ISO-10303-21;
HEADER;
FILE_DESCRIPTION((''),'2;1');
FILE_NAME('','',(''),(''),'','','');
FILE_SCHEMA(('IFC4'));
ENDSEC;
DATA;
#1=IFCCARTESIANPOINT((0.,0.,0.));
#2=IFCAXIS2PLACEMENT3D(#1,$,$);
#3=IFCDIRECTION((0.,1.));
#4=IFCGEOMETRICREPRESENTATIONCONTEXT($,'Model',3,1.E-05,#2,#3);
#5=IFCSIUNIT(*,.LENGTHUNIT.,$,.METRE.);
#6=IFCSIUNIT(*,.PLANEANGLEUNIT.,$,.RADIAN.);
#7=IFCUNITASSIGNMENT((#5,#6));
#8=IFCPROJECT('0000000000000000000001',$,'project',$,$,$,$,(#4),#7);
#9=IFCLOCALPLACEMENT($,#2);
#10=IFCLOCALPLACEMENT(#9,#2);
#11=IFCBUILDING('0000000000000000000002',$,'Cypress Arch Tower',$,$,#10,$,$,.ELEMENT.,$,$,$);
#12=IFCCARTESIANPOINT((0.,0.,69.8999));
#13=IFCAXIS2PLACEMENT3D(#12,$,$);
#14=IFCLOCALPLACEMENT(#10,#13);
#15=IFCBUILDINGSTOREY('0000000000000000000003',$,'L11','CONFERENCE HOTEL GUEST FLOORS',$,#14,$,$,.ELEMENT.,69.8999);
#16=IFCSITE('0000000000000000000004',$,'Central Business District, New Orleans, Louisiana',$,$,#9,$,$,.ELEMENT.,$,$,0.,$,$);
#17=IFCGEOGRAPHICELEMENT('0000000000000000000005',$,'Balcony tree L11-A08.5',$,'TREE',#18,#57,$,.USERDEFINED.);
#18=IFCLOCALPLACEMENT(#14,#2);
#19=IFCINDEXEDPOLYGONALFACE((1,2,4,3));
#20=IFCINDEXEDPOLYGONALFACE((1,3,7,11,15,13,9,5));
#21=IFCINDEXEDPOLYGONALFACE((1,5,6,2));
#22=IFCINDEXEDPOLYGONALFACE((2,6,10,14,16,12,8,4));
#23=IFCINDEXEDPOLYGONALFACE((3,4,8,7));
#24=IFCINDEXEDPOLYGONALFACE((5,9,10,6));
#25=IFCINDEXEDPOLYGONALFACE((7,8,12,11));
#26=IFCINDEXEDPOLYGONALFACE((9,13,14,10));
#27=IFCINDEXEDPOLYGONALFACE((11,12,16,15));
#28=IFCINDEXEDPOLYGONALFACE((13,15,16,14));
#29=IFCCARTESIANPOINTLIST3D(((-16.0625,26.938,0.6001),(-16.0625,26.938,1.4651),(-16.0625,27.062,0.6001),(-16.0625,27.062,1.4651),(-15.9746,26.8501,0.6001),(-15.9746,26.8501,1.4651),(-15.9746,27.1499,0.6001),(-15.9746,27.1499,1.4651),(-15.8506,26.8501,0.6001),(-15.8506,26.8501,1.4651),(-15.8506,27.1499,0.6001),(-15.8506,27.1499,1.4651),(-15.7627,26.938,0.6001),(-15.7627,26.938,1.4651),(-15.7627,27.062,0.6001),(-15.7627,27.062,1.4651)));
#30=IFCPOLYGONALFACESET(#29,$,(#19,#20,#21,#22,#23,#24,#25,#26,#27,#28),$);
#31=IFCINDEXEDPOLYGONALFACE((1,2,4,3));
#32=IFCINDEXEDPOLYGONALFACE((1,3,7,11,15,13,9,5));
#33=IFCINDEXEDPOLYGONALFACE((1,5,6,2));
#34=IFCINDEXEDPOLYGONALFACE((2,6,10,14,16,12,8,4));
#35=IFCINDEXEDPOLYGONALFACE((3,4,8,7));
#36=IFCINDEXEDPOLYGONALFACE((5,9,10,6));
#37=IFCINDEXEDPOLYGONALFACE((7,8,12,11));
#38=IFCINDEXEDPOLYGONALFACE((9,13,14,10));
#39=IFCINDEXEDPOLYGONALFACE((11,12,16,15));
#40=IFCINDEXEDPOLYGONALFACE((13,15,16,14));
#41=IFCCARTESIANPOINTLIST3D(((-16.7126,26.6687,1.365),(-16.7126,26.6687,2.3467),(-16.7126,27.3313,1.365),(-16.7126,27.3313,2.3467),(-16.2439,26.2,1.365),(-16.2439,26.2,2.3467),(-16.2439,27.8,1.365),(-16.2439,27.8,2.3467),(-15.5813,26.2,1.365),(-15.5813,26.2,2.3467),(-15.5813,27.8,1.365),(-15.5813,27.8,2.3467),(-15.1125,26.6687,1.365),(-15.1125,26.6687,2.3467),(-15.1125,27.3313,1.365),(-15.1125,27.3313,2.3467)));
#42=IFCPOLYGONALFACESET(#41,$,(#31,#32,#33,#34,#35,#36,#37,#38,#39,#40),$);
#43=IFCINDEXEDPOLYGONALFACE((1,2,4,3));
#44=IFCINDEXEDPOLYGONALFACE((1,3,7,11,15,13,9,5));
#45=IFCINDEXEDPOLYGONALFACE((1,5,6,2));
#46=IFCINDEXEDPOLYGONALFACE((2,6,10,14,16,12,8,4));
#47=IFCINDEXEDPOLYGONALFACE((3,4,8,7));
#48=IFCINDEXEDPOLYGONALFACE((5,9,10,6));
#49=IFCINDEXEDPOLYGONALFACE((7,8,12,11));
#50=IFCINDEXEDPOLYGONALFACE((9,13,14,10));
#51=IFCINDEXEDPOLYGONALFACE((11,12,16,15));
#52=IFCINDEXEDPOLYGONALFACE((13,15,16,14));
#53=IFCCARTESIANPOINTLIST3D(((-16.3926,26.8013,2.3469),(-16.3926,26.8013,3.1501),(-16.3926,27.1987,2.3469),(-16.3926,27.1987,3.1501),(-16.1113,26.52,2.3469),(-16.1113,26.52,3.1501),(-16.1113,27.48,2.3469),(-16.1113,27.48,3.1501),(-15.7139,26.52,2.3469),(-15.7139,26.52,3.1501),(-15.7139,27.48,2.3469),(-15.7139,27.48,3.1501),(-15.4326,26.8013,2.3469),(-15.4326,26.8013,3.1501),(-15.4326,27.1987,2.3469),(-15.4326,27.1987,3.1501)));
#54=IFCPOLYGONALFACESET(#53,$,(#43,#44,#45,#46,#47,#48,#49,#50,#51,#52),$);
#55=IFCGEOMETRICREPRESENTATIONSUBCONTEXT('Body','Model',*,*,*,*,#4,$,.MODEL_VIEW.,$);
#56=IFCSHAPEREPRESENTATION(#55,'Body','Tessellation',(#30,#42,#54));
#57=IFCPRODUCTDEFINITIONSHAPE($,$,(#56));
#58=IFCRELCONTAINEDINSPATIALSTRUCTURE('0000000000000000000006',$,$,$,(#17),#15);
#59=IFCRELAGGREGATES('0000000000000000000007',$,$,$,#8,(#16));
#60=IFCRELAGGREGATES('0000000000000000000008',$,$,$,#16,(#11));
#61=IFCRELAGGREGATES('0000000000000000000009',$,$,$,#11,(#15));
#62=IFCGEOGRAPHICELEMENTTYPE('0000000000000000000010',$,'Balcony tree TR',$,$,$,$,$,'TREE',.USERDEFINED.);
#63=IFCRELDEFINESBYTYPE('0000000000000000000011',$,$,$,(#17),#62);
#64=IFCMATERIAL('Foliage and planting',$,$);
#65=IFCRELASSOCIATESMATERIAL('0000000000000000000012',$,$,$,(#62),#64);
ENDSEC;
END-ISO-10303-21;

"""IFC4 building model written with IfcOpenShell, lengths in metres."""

from ifc_helpers import new_model, si_unit, direction, frame, origin, place, context, subcontext, project, spatial, polyline, outline, extrude, material, type_object, element, save


model = new_model("IFC4")

# Units and contexts
model_context = context("Model", 3, precision=1e-05, world=origin(), true_north=direction((0.0, 1.0)))
body_context = subcontext(model_context, "Body", "Model", "MODEL_VIEW")
ifc_project = project(units=[si_unit("LENGTHUNIT", "METRE"), si_unit("PLANEANGLEUNIT", "RADIAN")], contexts=[model_context])

# Site, building, storey
site_placement = place(None, origin())
site = spatial("IfcSite", under=ifc_project, at=site_placement, Name="Central Business District, New Orleans, Louisiana", CompositionType="ELEMENT", RefElevation=0.0)
building_placement = place(site_placement, origin())
building = spatial("IfcBuilding", under=site, at=building_placement, Name="Cypress Arch Tower", CompositionType="ELEMENT")
storey_placement = place(building_placement, frame((0.0, 0.0, 69.8999)))
storey = spatial("IfcBuildingStorey", under=building, at=storey_placement, Name="L11", Description="CONFERENCE HOTEL GUEST FLOORS", CompositionType="ELEMENT", Elevation=69.8999)

# Geographic element
ifc_material_1 = material(Name="Foliage and planting")
geographic_element_type = type_object("IfcGeographicElementType", Name="Balcony tree TR", ElementType="TREE", PredefinedType="USERDEFINED", material=ifc_material_1)
geographic_element_placement = place(storey_placement, frame((-15.9126, 27.0, 0.6001), z_axis=(0.0, 0.0, 1.0), x_axis=(1.0, 0.0, 0.0)))
element("IfcGeographicElement", 1, at=geographic_element_placement, inside=storey, type_object=geographic_element_type, Name="Balcony tree L11-A08.5", ObjectType="TREE", PredefinedType="USERDEFINED", context=body_context, shape_type="SweptSolid", body=[
    extrude(outline(polyline([(0.1499, 0.062), (0.062, 0.1499), (-0.062, 0.1499), (-0.1499, 0.062), (-0.1499, -0.062), (-0.062, -0.1499), (0.062, -0.1499), (0.1499, -0.062), (0.1499, 0.062)])), origin(), (0.0, 0.0, 1.0), 0.865),
    extrude(outline(polyline([(0.8, 0.3313), (0.3313, 0.8), (-0.3313, 0.8), (-0.8, 0.3313), (-0.8, -0.3313), (-0.3313, -0.8), (0.3313, -0.8), (0.8, -0.3313), (0.8, 0.3313)])), frame((0.0, 0.0, 0.7649)), (0.0, 0.0, 1.0), 0.9817),
    extrude(outline(polyline([(0.48, 0.1987), (0.1987, 0.48), (-0.1987, 0.48), (-0.48, 0.1987), (-0.48, -0.1987), (-0.1987, -0.48), (0.1987, -0.48), (0.48, -0.1987), (0.48, 0.1987)])), frame((0.0, 0.0, 1.7468)), (0.0, 0.0, 1.0), 0.8032),
])

save(model, "model.ifc")
